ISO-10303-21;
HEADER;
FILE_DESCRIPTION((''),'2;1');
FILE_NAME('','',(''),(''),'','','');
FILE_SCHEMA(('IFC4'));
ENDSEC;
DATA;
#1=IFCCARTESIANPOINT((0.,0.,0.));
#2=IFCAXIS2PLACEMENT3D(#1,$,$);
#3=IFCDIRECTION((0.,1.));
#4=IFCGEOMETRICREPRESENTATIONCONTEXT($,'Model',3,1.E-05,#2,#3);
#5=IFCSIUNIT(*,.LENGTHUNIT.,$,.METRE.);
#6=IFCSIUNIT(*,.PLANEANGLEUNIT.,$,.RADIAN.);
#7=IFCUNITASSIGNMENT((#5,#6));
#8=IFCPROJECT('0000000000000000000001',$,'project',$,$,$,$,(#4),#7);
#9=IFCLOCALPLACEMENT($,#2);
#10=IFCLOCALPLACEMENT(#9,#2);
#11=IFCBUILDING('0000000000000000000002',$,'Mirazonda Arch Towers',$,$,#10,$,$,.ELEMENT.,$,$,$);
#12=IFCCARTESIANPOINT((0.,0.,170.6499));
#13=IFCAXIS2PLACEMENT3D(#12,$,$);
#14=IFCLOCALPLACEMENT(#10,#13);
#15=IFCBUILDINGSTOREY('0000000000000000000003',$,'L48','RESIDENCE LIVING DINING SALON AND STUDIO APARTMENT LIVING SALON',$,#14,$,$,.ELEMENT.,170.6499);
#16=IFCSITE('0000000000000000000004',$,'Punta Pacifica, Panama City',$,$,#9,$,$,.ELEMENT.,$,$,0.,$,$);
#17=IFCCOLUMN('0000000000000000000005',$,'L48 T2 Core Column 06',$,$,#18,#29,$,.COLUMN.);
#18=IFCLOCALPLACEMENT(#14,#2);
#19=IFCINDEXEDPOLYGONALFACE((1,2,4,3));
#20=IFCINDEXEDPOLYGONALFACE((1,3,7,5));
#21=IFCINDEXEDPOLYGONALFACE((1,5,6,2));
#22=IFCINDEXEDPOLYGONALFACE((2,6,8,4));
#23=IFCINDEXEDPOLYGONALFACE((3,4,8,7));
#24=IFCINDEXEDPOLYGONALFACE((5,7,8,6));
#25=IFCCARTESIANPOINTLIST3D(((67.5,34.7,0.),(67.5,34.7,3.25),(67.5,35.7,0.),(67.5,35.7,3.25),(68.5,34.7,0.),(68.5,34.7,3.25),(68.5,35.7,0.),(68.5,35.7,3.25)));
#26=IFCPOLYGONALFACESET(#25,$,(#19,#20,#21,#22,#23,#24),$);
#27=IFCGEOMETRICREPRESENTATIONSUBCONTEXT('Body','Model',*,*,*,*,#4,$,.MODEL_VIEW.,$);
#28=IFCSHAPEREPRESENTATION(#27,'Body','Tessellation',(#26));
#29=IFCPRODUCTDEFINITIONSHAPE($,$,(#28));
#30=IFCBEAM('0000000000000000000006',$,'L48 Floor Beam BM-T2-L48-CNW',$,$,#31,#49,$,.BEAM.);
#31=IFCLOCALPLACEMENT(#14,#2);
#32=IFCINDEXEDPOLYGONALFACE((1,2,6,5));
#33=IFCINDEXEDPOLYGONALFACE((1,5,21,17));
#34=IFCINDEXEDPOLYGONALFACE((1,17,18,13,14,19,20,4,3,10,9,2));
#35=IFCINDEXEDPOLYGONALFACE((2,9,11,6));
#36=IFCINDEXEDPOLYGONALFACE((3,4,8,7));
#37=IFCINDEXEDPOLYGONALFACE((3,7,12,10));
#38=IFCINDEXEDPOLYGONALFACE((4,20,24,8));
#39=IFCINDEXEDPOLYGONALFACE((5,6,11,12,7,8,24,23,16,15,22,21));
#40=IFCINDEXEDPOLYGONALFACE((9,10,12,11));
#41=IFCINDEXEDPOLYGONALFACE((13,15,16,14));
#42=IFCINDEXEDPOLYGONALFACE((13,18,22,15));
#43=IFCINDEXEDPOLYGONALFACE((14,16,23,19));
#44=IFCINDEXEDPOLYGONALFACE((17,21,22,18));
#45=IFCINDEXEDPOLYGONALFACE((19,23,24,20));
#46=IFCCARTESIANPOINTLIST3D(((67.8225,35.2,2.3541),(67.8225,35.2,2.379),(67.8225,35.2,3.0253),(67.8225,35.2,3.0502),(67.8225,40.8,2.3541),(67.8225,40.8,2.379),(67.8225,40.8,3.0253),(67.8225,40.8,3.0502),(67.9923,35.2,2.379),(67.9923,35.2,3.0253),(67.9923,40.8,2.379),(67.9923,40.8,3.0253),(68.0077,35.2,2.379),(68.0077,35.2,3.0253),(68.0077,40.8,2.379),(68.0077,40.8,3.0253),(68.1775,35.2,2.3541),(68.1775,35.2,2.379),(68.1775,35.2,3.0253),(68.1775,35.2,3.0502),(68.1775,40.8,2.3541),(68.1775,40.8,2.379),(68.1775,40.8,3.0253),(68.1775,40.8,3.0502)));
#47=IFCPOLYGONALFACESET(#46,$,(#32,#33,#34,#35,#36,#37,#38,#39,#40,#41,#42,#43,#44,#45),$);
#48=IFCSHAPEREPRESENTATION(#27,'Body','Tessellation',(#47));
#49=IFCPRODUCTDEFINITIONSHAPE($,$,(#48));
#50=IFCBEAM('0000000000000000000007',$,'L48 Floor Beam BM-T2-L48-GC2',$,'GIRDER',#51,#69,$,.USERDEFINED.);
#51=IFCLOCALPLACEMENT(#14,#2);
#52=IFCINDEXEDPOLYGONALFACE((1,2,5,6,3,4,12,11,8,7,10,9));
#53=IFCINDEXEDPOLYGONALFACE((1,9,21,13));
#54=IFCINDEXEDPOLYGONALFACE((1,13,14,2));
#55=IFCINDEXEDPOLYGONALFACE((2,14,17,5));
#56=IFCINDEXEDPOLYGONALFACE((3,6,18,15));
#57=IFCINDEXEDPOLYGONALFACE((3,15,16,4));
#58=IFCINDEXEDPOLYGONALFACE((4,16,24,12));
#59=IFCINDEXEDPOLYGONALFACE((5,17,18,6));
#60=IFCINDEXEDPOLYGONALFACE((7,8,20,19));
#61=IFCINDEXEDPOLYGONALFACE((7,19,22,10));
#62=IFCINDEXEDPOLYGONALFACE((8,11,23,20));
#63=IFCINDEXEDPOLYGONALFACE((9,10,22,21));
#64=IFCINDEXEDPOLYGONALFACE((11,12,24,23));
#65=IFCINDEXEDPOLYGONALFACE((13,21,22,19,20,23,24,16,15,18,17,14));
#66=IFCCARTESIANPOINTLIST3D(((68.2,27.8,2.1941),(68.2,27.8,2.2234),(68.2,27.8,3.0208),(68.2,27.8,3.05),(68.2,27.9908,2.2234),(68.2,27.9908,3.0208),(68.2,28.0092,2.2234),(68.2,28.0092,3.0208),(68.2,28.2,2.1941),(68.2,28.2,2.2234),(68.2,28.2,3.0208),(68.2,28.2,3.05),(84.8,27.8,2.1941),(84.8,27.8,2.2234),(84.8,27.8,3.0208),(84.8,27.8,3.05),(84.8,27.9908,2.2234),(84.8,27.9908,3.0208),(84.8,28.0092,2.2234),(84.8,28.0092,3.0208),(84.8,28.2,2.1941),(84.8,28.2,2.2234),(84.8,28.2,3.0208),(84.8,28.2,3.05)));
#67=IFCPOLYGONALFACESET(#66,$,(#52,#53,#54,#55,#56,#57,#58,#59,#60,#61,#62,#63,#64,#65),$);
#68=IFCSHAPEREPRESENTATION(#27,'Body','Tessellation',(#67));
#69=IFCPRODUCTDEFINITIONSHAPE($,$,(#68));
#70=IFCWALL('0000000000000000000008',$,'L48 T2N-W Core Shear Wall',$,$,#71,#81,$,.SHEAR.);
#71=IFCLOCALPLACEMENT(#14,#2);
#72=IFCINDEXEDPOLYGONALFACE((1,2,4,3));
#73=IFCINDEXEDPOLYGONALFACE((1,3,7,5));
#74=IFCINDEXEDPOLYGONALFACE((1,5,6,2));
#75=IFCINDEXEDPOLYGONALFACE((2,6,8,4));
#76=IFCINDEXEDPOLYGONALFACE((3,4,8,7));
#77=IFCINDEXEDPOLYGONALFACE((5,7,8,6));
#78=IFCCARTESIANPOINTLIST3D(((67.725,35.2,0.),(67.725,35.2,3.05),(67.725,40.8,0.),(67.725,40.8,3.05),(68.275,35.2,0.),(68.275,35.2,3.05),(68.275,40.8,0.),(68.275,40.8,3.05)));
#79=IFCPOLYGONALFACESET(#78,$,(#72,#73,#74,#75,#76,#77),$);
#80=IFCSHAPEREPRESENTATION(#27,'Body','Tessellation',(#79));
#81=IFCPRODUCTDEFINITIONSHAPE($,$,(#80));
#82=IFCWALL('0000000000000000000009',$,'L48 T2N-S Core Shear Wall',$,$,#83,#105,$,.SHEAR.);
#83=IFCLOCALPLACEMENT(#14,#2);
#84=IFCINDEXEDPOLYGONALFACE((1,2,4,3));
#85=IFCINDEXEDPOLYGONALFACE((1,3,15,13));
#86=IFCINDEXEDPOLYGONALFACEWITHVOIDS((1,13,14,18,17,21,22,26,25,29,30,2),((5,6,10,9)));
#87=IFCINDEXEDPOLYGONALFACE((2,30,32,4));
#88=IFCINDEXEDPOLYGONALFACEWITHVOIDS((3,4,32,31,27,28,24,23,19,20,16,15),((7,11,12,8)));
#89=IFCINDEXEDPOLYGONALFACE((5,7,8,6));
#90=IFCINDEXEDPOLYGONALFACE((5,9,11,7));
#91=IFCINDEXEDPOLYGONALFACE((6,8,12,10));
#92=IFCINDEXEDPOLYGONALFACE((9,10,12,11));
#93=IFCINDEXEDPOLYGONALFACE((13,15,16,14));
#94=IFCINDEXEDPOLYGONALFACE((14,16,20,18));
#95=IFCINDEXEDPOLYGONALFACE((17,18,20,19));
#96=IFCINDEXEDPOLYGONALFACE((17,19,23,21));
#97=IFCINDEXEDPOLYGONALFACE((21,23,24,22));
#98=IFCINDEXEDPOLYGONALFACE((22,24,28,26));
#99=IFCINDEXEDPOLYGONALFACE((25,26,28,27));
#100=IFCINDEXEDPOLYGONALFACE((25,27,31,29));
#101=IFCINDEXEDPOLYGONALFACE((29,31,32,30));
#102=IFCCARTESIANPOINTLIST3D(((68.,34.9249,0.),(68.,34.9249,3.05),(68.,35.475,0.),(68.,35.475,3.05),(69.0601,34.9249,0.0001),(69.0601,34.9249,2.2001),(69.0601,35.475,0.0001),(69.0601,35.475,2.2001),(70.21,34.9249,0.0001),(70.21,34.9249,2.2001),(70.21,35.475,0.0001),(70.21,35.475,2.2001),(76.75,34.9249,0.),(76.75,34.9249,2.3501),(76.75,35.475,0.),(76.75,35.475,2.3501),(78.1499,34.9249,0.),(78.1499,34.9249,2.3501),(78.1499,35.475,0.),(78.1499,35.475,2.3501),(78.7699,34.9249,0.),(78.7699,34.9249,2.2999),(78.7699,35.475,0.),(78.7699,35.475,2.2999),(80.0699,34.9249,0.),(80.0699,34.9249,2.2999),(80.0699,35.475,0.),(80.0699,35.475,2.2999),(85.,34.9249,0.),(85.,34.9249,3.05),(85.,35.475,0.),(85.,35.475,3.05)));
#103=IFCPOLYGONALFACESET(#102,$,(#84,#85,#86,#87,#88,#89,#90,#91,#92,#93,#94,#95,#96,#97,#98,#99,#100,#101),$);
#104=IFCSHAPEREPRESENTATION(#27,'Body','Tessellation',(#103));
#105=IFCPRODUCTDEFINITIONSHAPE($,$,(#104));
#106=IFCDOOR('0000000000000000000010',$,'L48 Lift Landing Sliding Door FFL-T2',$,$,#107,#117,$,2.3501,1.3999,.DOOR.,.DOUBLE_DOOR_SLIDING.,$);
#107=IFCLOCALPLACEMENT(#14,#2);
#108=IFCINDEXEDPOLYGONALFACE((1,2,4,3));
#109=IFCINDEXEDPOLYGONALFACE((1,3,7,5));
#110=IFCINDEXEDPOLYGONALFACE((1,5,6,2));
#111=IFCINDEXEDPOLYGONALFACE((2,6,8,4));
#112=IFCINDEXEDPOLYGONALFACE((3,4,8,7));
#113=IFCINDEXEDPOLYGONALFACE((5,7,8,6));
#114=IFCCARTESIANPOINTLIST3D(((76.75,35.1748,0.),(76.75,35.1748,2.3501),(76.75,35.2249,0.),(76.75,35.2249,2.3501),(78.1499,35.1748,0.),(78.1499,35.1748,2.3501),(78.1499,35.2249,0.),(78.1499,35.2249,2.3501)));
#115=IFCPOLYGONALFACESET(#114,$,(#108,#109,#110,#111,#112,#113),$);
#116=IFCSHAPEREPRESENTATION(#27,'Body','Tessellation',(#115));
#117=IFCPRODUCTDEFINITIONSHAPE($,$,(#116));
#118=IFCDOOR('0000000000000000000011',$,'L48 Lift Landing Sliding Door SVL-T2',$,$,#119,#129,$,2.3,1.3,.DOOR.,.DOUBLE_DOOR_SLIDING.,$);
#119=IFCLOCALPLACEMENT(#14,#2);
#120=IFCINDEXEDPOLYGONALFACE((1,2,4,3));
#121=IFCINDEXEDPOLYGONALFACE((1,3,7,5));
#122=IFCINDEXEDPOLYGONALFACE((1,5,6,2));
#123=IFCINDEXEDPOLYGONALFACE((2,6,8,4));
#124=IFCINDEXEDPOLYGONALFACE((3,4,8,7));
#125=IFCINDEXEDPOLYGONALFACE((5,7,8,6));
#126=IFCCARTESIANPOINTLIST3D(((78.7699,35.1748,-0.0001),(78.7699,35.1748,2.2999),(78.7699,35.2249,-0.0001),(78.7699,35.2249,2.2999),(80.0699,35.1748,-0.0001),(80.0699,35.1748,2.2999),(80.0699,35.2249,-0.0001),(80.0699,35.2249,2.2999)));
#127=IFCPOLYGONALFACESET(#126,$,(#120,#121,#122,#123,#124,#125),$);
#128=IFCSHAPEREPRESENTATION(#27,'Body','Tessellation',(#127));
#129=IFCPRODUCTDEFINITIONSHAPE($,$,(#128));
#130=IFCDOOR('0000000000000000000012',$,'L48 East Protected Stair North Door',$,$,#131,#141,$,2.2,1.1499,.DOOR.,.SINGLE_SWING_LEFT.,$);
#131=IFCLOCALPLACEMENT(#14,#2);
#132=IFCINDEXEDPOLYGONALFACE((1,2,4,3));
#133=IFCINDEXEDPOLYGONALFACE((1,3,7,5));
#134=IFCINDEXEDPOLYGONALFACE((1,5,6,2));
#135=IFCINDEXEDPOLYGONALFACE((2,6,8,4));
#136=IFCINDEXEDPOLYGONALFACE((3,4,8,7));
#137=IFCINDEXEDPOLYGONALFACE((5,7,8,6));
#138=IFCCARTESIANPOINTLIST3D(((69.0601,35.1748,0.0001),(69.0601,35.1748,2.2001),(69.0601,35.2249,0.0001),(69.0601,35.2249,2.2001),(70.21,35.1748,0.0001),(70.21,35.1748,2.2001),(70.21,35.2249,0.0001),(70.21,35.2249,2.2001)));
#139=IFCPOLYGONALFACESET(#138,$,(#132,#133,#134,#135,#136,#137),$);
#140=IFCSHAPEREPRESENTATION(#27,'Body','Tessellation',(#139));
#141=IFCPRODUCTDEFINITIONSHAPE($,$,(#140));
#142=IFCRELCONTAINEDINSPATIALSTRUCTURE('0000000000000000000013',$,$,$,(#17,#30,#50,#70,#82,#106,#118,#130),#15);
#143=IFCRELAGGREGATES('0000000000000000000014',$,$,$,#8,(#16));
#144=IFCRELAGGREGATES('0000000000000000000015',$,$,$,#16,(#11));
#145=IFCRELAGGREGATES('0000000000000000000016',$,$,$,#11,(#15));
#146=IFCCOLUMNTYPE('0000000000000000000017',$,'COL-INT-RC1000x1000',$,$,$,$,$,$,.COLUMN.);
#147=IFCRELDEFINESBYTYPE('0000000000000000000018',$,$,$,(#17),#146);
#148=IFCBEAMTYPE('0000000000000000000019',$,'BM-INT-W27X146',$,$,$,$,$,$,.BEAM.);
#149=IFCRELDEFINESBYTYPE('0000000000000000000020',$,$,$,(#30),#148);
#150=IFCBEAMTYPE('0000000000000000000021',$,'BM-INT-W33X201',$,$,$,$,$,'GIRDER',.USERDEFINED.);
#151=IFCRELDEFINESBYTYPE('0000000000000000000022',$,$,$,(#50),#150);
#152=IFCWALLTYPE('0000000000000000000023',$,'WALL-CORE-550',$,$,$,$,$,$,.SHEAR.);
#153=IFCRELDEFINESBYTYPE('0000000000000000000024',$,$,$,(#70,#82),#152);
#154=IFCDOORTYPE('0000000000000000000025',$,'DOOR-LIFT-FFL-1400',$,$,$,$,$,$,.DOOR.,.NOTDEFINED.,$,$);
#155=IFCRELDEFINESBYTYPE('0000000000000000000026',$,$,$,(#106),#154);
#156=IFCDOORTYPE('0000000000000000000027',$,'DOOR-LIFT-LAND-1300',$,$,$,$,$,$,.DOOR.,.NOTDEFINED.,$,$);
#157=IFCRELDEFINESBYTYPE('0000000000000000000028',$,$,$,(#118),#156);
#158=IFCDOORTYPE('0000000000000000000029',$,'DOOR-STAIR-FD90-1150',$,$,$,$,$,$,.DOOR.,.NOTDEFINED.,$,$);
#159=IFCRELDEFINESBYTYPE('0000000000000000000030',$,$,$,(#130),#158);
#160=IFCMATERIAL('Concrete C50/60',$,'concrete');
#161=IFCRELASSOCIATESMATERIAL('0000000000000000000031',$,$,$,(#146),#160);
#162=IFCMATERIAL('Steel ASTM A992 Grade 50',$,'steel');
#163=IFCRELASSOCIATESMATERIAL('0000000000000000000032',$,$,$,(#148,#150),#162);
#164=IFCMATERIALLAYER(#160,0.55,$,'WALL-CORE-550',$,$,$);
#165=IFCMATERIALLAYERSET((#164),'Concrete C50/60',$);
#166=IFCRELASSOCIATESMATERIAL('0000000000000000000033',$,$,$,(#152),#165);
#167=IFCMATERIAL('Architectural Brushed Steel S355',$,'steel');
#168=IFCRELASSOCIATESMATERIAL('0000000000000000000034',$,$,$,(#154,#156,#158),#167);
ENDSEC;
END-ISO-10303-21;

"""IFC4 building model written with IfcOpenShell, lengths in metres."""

from ifc_helpers import new_model, si_unit, direction, frame, frame_2d, origin, origin_2d, place, context, subcontext, project, spatial, rectangle, i_section, extrude, material, layer, layer_set, material_profile, profile_set, type_object, element, fill, save


model = new_model("IFC4")

# Units and contexts
model_context = context("Model", 3, precision=1e-05, world=origin(), true_north=direction((0.0, 1.0)))
body_context = subcontext(model_context, "Body", "Model", "MODEL_VIEW")
ifc_project = project(units=[si_unit("LENGTHUNIT", "METRE"), si_unit("PLANEANGLEUNIT", "RADIAN")], contexts=[model_context])

# Site, building, storey
site_placement = place(None, origin())
site = spatial("IfcSite", under=ifc_project, at=site_placement, Name="Punta Pacifica, Panama City", CompositionType="ELEMENT", RefElevation=0.0)
building_placement = place(site_placement, origin())
building = spatial("IfcBuilding", under=site, at=building_placement, Name="Mirazonda Arch Towers", CompositionType="ELEMENT")
storey_placement = place(building_placement, frame((0.0, 0.0, 170.6499)))
storey = spatial("IfcBuildingStorey", under=building, at=storey_placement, Name="L48", Description="RESIDENCE LIVING DINING SALON AND STUDIO APARTMENT LIVING SALON", CompositionType="ELEMENT", Elevation=170.6499)

# Column
ifc_material_1 = material(Name="Concrete C50/60", Category="concrete")
ifc_material_profile_1 = material_profile(ifc_material_1, rectangle(XDim=1.0, YDim=1.0, at=origin_2d()), Name="RC1000x1000")
ifc_profile_set_1 = profile_set([ifc_material_profile_1], Name="Concrete C50/60")
column_type = type_object("IfcColumnType", Name="COL-INT-RC1000x1000", PredefinedType="COLUMN", material=ifc_profile_set_1)
column_placement = place(storey_placement, frame((68.0, 35.2, 0.0), z_axis=(0.0, 0.0, 1.0), x_axis=(1.0, 0.0, 0.0)))
element("IfcColumn", 1, at=column_placement, inside=storey, type_object=column_type, Name="L48 T2 Core Column 06", PredefinedType="COLUMN", context=body_context, shape_type="SweptSolid", body=[
    extrude(rectangle(XDim=1.0, YDim=1.0, at=origin_2d()), origin(), (0.0, 0.0, 1.0), 3.25),
])

# Beams
ifc_material_2 = material(Name="Steel ASTM A992 Grade 50", Category="steel")
ifc_material_profile_2 = material_profile(ifc_material_2, i_section(OverallWidth=0.355, OverallDepth=0.696, WebThickness=0.0154, FlangeThickness=0.0249, at=origin_2d()), Name="W27X146")
ifc_profile_set_2 = profile_set([ifc_material_profile_2], Name="Steel ASTM A992 Grade 50")
beam_type_1 = type_object("IfcBeamType", Name="BM-INT-W27X146", PredefinedType="BEAM", material=ifc_profile_set_2)
beam_1_placement = place(storey_placement, frame((68.0, 35.2, 2.7021), z_axis=(0.0, 1.0, 0.0), x_axis=(-1.0, 0.0, 0.0)))
element("IfcBeam", 2, at=beam_1_placement, inside=storey, type_object=beam_type_1, Name="L48 Floor Beam BM-T2-L48-CNW", PredefinedType="BEAM", context=body_context, shape_type="SweptSolid", body=[
    extrude(i_section(OverallWidth=0.355, OverallDepth=0.696, WebThickness=0.0154, FlangeThickness=0.0249, at=origin_2d()), origin(), (0.0, 0.0, 1.0), 5.6001),
])
ifc_material_profile_3 = material_profile(ifc_material_2, i_section(OverallWidth=0.3999, OverallDepth=0.856, WebThickness=0.0183, FlangeThickness=0.0293, at=origin_2d()), Name="W33X201")
ifc_profile_set_3 = profile_set([ifc_material_profile_3], Name="Steel ASTM A992 Grade 50")
beam_type_2 = type_object("IfcBeamType", Name="BM-INT-W33X201", ElementType="GIRDER", PredefinedType="USERDEFINED", material=ifc_profile_set_3)
beam_2_placement = place(storey_placement, frame((68.2, 28.0, 2.6221), z_axis=(1.0, 0.0, 0.0), x_axis=(0.0, 1.0, 0.0)))
element("IfcBeam", 3, at=beam_2_placement, inside=storey, type_object=beam_type_2, Name="L48 Floor Beam BM-T2-L48-GC2", ObjectType="GIRDER", PredefinedType="USERDEFINED", context=body_context, shape_type="SweptSolid", body=[
    extrude(i_section(OverallWidth=0.3999, OverallDepth=0.856, WebThickness=0.0183, FlangeThickness=0.0293, at=origin_2d()), origin(), (0.0, 0.0, 1.0), 16.6001),
])

# Wall
ifc_layer_1 = layer(ifc_material_1, 0.55, Name="WALL-CORE-550")
ifc_layer_set_1 = layer_set([ifc_layer_1], Name="Concrete C50/60")
wall_type_1 = type_object("IfcWallType", Name="WALL-CORE-550", PredefinedType="SHEAR", material=ifc_layer_set_1)
wall_1_placement = place(storey_placement, frame((68.0, 35.2, 0.0), z_axis=(0.0, 0.0, 1.0), x_axis=(0.0, 1.0, 0.0)))
element("IfcWall", 4, at=wall_1_placement, inside=storey, type_object=wall_type_1, Name="L48 T2N-W Core Shear Wall", PredefinedType="SHEAR", context=body_context, shape_type="SweptSolid", body=[
    extrude(rectangle(XDim=5.6001, YDim=0.55, at=frame_2d((2.8, 0.0))), origin(), (0.0, 0.0, 1.0), 3.05),
])

# Wall, openings, doors
wall_2_placement = place(storey_placement, frame((68.0, 35.2, 0.0), z_axis=(0.0, 0.0, 1.0), x_axis=(1.0, 0.0, 0.0)))
wall_2 = element("IfcWall", 5, at=wall_2_placement, inside=storey, type_object=wall_type_1, Name="L48 T2N-S Core Shear Wall", PredefinedType="SHEAR", context=body_context, shape_type="SweptSolid", body=[
    extrude(rectangle(XDim=17.0, YDim=0.55, at=frame_2d((8.5, 0.0))), origin(), (0.0, 0.0, 1.0), 3.05),
])
opening_1_placement = place(wall_2_placement, frame((1.0601, 0.0, 0.0)))
opening_1 = element("IfcOpeningElement", 6, at=opening_1_placement, cuts=wall_2, PredefinedType="OPENING", context=body_context, shape_type="SweptSolid", body=[
    extrude(rectangle(XDim=1.1499, YDim=2.2, at=frame_2d((0.575, 1.1001))), frame((0.0, 0.2849, 0.0), z_axis=(0.0, -1.0, 0.0), x_axis=(1.0, 0.0, 0.0)), (0.0, 0.0, 1.0), 0.5701),
])
opening_2_placement = place(wall_2_placement, frame((8.75, 0.0, 0.0)))
opening_2 = element("IfcOpeningElement", 7, at=opening_2_placement, cuts=wall_2, PredefinedType="OPENING", context=body_context, shape_type="SweptSolid", body=[
    extrude(rectangle(XDim=1.3999, YDim=2.3501, at=frame_2d((0.7, 1.175))), frame((0.0, 0.2849, 0.0), z_axis=(0.0, -1.0, 0.0), x_axis=(1.0, 0.0, 0.0)), (0.0, 0.0, 1.0), 0.5701),
])
opening_3_placement = place(wall_2_placement, frame((10.77, 0.0, 0.0)))
opening_3 = element("IfcOpeningElement", 8, at=opening_3_placement, cuts=wall_2, PredefinedType="OPENING", context=body_context, shape_type="SweptSolid", body=[
    extrude(rectangle(XDim=1.3, YDim=2.3, at=frame_2d((0.6499, 1.1499))), frame((0.0, 0.2849, 0.0), z_axis=(0.0, -1.0, 0.0), x_axis=(1.0, 0.0, 0.0)), (0.0, 0.0, 1.0), 0.5701),
])
ifc_material_3 = material(Name="Architectural Brushed Steel S355", Category="steel")
door_type_1 = type_object("IfcDoorType", Name="DOOR-LIFT-FFL-1400", OperationType="NOTDEFINED", PredefinedType="DOOR", material=ifc_material_3)
door_1_placement = place(opening_2_placement, origin())
door_1 = element("IfcDoor", 9, at=door_1_placement, inside=storey, type_object=door_type_1, Name="L48 Lift Landing Sliding Door FFL-T2", OperationType="DOUBLE_DOOR_SLIDING", OverallHeight=2.3501, OverallWidth=1.3999, PredefinedType="DOOR", context=body_context, shape_type="SweptSolid", body=[
    extrude(rectangle(XDim=1.3999, YDim=2.3501, at=frame_2d((0.7, 1.175))), frame((0.0, 0.0249, 0.0), z_axis=(0.0, -1.0, 0.0), x_axis=(1.0, 0.0, 0.0)), (0.0, 0.0, 1.0), 0.05),
])
fill(opening_2, door_1)
door_type_2 = type_object("IfcDoorType", Name="DOOR-LIFT-LAND-1300", OperationType="NOTDEFINED", PredefinedType="DOOR", material=ifc_material_3)
door_2_placement = place(opening_3_placement, origin())
door_2 = element("IfcDoor", 10, at=door_2_placement, inside=storey, type_object=door_type_2, Name="L48 Lift Landing Sliding Door SVL-T2", OperationType="DOUBLE_DOOR_SLIDING", OverallHeight=2.3, OverallWidth=1.3, PredefinedType="DOOR", context=body_context, shape_type="SweptSolid", body=[
    extrude(rectangle(XDim=1.3, YDim=2.3, at=frame_2d((0.6499, 1.1499))), frame((0.0, 0.0249, 0.0), z_axis=(0.0, -1.0, 0.0), x_axis=(1.0, 0.0, 0.0)), (0.0, 0.0, 1.0), 0.05),
])
fill(opening_3, door_2)
door_type_3 = type_object("IfcDoorType", Name="DOOR-STAIR-FD90-1150", OperationType="NOTDEFINED", PredefinedType="DOOR", material=ifc_material_3)
door_3_placement = place(opening_1_placement, origin())
door_3 = element("IfcDoor", 11, at=door_3_placement, inside=storey, type_object=door_type_3, Name="L48 East Protected Stair North Door", OperationType="SINGLE_SWING_LEFT", OverallHeight=2.2, OverallWidth=1.1499, PredefinedType="DOOR", context=body_context, shape_type="SweptSolid", body=[
    extrude(rectangle(XDim=1.1499, YDim=2.2, at=frame_2d((0.575, 1.1001))), frame((0.0, 0.0249, 0.0), z_axis=(0.0, -1.0, 0.0), x_axis=(1.0, 0.0, 0.0)), (0.0, 0.0, 1.0), 0.05),
])
fill(opening_1, door_3)

save(model, "model.ifc")
